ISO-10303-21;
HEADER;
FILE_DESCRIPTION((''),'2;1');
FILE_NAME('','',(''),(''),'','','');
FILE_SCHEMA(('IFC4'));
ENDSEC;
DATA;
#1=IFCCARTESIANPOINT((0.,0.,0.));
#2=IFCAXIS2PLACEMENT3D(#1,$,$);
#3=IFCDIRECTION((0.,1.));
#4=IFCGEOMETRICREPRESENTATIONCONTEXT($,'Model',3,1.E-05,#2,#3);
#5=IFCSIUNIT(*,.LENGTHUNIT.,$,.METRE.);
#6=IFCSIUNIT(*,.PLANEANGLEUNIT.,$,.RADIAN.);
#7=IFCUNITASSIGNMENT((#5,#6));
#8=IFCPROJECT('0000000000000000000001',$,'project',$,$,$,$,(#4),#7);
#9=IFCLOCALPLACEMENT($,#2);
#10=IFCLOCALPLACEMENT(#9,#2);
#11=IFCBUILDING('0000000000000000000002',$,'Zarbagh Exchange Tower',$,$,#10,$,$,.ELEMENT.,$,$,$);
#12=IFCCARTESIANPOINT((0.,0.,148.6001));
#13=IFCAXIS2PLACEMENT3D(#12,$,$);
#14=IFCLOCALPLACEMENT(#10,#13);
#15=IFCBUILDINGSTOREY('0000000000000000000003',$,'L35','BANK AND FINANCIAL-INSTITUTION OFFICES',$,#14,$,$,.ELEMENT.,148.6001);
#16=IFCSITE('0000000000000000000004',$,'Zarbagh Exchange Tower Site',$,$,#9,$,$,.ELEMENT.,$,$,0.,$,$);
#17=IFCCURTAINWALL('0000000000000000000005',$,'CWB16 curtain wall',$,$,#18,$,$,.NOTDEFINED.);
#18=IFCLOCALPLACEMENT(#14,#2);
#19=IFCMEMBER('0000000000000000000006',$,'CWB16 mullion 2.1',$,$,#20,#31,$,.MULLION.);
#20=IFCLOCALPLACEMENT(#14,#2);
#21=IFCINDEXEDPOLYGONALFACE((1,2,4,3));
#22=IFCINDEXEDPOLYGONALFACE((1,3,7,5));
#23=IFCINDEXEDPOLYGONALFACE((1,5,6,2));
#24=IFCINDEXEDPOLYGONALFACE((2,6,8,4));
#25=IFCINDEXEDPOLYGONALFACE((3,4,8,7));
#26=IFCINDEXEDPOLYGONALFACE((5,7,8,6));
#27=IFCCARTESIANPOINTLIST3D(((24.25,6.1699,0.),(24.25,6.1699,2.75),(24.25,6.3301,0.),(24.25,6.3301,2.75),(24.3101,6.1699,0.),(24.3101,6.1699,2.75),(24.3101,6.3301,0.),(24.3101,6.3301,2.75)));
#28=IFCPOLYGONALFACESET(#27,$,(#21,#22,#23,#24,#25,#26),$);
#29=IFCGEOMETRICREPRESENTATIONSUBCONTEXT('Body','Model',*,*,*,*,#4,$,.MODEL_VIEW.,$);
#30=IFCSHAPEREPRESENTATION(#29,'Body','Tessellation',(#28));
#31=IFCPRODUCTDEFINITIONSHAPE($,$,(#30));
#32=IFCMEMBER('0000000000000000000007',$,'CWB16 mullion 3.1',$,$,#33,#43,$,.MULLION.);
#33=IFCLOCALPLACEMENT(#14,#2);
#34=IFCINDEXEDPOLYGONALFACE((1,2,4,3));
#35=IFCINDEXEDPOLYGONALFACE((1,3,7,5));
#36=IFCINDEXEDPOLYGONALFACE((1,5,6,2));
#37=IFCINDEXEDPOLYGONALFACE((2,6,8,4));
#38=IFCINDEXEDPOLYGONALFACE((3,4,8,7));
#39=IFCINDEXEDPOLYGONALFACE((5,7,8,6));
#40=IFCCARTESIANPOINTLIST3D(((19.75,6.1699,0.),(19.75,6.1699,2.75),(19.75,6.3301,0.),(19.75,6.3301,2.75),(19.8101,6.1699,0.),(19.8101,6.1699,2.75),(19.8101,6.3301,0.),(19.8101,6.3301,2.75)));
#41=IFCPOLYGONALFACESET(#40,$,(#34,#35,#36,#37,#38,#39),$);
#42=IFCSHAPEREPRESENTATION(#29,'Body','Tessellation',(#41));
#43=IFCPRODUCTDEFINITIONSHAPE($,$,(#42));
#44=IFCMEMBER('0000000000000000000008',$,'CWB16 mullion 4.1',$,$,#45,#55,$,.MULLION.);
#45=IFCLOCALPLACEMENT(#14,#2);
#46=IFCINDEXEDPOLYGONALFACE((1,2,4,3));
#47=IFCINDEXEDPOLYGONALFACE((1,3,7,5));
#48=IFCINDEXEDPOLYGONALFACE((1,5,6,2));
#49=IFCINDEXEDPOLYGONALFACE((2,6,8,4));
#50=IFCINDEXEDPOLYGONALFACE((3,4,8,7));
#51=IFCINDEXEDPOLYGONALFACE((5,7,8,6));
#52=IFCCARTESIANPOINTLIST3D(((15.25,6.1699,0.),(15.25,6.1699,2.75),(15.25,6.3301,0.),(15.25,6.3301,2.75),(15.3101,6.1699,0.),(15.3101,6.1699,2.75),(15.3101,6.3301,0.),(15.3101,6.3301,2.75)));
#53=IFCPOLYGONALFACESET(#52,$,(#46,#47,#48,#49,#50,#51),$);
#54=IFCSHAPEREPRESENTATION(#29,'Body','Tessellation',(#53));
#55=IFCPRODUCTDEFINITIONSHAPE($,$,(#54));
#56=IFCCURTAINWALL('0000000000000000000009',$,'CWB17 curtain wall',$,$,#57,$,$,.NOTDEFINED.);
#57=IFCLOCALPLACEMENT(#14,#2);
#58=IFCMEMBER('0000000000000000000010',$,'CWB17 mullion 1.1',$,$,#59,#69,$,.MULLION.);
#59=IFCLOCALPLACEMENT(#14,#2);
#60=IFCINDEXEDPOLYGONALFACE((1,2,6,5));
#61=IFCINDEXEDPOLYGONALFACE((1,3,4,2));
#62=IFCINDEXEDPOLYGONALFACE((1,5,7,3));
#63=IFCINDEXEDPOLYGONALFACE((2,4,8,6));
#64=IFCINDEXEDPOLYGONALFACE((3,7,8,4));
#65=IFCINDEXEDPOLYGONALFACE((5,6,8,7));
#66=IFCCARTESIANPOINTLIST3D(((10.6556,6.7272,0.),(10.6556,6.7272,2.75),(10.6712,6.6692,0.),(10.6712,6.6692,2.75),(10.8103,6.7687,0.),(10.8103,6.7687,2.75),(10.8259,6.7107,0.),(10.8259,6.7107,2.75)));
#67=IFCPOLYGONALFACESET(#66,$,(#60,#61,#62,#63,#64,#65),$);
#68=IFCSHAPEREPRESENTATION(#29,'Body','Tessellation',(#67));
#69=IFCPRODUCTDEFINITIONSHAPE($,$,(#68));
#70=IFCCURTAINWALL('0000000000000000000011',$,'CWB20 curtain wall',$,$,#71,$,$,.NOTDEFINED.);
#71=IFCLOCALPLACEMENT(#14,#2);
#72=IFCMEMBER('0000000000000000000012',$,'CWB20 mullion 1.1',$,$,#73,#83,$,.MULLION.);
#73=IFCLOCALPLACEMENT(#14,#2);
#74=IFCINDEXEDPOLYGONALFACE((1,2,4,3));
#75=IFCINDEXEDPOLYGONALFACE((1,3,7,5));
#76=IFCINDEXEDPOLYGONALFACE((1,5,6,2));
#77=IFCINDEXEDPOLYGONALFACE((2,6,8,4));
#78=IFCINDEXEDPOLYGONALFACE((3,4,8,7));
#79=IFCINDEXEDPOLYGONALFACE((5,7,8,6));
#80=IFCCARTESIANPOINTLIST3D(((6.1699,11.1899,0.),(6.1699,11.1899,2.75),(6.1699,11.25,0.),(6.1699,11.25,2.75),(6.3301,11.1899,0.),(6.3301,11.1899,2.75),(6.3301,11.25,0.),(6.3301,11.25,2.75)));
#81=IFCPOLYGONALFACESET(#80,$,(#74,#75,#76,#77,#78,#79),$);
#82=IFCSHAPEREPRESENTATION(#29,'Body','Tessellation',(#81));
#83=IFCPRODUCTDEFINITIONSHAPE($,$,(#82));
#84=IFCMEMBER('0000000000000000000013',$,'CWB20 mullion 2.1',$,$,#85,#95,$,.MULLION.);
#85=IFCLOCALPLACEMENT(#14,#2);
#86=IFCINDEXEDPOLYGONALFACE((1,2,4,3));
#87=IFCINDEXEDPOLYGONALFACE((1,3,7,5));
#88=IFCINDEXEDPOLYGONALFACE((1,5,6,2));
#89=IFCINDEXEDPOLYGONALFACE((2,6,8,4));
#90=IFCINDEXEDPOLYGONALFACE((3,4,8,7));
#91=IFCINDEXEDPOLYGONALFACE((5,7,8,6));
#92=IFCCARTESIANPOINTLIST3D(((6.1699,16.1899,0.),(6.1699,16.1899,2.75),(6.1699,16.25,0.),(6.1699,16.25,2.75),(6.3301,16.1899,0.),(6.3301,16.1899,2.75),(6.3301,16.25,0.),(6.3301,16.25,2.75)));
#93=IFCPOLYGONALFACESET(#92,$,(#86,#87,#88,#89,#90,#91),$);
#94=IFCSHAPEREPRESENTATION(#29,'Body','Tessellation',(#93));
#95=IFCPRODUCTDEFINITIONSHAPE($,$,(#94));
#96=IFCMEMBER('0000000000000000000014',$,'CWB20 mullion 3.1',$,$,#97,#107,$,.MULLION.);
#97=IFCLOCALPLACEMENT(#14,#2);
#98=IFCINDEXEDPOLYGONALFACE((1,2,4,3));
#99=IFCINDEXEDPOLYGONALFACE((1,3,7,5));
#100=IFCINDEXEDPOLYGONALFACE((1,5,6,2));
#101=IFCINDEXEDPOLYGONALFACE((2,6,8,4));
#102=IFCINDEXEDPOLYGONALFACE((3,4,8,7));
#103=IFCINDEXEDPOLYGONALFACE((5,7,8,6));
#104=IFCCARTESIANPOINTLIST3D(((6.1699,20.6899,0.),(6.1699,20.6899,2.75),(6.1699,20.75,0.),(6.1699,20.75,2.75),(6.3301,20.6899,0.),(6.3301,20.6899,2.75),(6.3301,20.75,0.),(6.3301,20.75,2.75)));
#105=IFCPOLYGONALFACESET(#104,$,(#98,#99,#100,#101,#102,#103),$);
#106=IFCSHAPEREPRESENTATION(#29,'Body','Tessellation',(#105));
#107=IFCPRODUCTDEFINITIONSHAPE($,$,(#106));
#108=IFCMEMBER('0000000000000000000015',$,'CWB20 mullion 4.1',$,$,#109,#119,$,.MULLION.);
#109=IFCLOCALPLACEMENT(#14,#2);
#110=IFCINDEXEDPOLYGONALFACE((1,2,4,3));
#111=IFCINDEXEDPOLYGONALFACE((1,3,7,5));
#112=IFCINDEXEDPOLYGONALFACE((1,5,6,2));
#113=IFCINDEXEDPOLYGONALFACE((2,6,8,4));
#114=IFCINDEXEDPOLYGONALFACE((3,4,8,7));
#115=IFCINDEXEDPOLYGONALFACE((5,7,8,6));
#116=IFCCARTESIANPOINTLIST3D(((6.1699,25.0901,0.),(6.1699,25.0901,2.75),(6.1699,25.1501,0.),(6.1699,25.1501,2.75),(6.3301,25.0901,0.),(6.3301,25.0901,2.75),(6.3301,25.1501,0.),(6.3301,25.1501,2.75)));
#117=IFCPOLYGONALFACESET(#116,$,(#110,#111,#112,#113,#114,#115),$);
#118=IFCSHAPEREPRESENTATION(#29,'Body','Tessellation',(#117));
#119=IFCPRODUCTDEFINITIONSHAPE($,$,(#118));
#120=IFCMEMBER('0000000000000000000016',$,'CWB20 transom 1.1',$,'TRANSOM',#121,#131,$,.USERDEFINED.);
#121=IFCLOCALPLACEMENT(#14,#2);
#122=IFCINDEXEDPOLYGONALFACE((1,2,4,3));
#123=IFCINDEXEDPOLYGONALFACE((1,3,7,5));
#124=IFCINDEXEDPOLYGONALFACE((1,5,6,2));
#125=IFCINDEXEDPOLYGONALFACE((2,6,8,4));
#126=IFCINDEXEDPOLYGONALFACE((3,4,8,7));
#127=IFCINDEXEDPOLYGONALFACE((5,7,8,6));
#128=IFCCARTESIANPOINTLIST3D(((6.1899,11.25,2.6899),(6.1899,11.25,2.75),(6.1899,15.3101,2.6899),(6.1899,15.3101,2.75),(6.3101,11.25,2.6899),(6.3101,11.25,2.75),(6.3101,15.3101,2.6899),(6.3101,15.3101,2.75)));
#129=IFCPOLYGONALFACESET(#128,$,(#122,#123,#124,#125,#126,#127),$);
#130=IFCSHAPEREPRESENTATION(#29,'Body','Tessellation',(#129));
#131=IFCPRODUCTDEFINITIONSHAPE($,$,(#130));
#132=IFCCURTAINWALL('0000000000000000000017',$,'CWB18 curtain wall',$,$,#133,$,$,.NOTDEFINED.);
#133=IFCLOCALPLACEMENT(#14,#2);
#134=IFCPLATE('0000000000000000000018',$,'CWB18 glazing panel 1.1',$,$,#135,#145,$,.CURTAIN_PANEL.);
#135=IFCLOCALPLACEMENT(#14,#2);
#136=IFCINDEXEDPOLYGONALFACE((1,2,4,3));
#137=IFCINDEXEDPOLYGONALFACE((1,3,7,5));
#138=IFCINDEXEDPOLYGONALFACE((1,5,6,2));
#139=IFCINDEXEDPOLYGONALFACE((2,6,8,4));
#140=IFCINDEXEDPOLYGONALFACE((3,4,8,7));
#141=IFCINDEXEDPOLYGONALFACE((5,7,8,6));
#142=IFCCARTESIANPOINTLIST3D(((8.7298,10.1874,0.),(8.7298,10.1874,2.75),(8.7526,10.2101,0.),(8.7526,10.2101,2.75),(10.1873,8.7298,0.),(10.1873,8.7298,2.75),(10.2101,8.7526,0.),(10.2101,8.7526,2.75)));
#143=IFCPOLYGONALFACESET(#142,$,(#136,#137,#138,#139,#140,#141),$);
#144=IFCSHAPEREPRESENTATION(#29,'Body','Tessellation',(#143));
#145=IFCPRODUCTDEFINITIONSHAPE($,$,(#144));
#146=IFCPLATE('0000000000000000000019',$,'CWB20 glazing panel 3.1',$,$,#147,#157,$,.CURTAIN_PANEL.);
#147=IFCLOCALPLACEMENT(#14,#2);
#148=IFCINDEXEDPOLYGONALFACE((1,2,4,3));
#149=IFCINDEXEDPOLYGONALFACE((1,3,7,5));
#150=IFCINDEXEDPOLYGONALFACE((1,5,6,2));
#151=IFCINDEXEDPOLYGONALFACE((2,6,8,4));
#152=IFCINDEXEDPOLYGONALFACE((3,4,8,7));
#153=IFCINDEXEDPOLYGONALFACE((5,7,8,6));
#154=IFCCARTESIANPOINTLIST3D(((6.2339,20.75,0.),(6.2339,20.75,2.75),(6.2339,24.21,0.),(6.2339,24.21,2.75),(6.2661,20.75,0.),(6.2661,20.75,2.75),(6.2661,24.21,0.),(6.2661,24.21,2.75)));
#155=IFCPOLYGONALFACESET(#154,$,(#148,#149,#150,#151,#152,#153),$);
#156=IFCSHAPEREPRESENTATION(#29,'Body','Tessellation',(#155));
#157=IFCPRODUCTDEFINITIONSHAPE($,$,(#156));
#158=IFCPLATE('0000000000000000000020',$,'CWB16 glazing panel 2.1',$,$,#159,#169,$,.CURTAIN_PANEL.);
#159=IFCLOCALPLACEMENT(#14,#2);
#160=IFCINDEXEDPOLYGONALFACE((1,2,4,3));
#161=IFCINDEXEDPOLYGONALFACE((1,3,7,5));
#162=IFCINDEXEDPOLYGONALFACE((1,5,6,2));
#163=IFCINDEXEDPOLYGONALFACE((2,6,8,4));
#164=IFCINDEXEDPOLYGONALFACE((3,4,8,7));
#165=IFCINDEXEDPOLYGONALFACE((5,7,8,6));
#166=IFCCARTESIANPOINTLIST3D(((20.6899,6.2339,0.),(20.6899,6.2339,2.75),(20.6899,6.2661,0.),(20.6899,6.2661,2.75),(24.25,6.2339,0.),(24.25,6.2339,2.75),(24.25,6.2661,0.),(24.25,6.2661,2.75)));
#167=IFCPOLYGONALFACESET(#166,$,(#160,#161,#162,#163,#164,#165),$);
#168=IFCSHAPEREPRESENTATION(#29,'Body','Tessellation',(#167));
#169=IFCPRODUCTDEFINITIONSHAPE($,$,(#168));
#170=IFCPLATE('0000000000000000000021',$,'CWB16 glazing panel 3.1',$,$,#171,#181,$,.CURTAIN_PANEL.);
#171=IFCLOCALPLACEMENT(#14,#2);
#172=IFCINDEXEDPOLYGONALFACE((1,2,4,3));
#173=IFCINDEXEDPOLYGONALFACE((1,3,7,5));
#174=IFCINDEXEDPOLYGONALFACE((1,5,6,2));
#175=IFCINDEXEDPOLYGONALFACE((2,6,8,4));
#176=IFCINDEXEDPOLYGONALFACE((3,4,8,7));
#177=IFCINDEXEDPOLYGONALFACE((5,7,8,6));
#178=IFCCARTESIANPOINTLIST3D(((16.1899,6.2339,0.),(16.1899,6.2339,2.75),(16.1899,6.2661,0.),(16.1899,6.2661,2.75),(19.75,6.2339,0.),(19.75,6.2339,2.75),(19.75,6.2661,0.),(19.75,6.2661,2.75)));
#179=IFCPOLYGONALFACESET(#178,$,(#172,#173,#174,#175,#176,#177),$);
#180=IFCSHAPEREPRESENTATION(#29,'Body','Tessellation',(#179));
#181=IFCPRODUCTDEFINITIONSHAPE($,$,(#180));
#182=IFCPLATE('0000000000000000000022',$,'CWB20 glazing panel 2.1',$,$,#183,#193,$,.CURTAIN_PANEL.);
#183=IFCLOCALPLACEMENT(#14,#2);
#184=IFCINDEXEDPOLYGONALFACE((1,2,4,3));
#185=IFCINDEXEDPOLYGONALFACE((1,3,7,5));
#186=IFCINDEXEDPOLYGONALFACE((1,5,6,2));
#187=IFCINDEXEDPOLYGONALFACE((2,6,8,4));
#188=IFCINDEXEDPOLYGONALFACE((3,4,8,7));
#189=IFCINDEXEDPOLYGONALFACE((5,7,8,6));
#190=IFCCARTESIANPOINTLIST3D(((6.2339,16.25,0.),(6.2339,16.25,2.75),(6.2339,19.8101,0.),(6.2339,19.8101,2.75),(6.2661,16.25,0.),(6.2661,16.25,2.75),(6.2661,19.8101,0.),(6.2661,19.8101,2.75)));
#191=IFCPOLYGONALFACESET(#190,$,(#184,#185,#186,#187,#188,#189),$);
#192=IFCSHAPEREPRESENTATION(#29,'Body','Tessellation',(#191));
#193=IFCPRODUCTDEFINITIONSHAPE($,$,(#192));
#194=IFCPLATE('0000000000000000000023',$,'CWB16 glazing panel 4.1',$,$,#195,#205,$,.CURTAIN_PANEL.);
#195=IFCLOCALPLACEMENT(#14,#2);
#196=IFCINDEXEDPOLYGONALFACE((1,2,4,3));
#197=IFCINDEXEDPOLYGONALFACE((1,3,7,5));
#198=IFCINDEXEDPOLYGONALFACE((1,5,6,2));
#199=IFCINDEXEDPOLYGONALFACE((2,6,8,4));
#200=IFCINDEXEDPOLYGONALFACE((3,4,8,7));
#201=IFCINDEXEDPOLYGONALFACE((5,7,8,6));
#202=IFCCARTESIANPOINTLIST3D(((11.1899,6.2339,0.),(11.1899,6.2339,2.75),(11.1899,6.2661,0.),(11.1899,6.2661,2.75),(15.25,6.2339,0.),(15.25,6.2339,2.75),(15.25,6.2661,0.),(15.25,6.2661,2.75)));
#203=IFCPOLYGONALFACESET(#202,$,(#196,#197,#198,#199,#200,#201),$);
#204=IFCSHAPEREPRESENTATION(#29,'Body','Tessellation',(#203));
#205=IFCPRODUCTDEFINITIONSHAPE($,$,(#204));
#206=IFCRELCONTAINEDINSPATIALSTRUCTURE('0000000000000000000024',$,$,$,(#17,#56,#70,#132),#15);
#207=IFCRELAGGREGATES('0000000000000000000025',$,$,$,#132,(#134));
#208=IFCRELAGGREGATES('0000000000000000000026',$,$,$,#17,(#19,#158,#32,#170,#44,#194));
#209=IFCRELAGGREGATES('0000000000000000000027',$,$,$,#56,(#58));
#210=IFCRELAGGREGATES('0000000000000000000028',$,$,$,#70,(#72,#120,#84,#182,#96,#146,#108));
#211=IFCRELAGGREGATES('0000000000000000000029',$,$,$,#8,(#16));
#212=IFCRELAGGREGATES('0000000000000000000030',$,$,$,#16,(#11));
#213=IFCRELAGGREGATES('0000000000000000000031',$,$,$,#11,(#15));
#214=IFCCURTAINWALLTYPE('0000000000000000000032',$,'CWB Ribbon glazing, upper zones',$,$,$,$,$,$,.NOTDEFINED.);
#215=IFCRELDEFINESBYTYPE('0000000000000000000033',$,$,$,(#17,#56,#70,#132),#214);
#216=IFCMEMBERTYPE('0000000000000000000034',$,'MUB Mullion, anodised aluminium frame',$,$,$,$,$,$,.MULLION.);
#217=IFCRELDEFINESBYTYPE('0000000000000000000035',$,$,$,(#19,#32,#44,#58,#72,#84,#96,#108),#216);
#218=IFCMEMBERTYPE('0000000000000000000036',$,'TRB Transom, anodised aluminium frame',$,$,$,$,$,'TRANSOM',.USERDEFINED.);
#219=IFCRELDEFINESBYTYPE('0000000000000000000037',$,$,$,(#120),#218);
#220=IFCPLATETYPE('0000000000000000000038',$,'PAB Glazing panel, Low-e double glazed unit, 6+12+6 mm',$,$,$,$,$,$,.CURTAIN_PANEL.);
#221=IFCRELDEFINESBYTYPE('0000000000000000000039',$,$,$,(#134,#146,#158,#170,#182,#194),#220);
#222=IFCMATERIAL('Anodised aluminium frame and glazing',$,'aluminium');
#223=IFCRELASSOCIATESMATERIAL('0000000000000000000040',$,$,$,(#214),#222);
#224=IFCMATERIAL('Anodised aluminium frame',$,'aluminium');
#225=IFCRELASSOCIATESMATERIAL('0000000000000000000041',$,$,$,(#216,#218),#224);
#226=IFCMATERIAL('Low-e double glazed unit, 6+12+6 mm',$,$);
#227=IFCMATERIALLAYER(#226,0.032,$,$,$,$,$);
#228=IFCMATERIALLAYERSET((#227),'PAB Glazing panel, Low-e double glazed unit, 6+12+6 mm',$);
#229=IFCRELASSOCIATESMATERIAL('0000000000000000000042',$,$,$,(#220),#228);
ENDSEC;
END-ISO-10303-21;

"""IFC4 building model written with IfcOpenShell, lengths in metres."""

from ifc_helpers import new_model, si_unit, direction, frame, origin, place, context, subcontext, project, spatial, polyline, outline, extrude, source, transform, mapped, material, layer, layer_set, type_object, element, aggregate, save


model = new_model("IFC4")

# Units and contexts
model_context = context("Model", 3, precision=1e-05, world=origin(), true_north=direction((0.0, 1.0)))
body_context = subcontext(model_context, "Body", "Model", "MODEL_VIEW")
ifc_project = project(units=[si_unit("LENGTHUNIT", "METRE"), si_unit("PLANEANGLEUNIT", "RADIAN")], contexts=[model_context])

# Site, building, storey
site_placement = place(None, origin())
site = spatial("IfcSite", under=ifc_project, at=site_placement, Name="Zarbagh Exchange Tower Site", CompositionType="ELEMENT", RefElevation=0.0)
building_placement = place(site_placement, origin())
building = spatial("IfcBuilding", under=site, at=building_placement, Name="Zarbagh Exchange Tower", CompositionType="ELEMENT")
storey_placement = place(building_placement, frame((0.0, 0.0, 148.6001)))
storey = spatial("IfcBuildingStorey", under=building, at=storey_placement, Name="L35", Description="BANK AND FINANCIAL-INSTITUTION OFFICES", CompositionType="ELEMENT", Elevation=148.6001)

# Curtain wall, members
ifc_material_1 = material(Name="Anodised aluminium frame and glazing", Category="aluminium")
curtain_wall_type = type_object("IfcCurtainWallType", Name="CWB Ribbon glazing, upper zones", PredefinedType="NOTDEFINED", material=ifc_material_1)
curtain_wall_1_placement = place(storey_placement, origin())
curtain_wall_1 = element("IfcCurtainWall", 1, at=curtain_wall_1_placement, inside=storey, type_object=curtain_wall_type, Name="CWB16 curtain wall", PredefinedType="NOTDEFINED")
ifc_material_2 = material(Name="Anodised aluminium frame", Category="aluminium")
member_type_1 = type_object("IfcMemberType", Name="MUB Mullion, anodised aluminium frame", PredefinedType="MULLION", material=ifc_material_2)
shared_shape_1 = source(origin(), body_context, "Body", "SweptSolid", [
    extrude(outline(polyline([(0.0, -0.0801), (0.0601, -0.0801), (0.0601, 0.0801), (0.0, 0.0801), (0.0, -0.0801)])), origin(), (0.0, 0.0, 1.0), 2.75),
])
placement = place(storey_placement, origin())
member_1 = element("IfcMember", 2, at=placement, type_object=member_type_1, Name="CWB16 mullion 2.1", PredefinedType="MULLION", context=body_context, shape_type="MappedRepresentation", body=[
    mapped(shared_shape_1, transform((24.3101, 6.25, 0.0), x_axis=(-1.0, 0.0, 0.0), y_axis=(0.0, -1.0, 0.0), z_axis=(0.0, 0.0, 1.0))),
])
member_2 = element("IfcMember", 3, at=placement, type_object=member_type_1, Name="CWB16 mullion 3.1", PredefinedType="MULLION", context=body_context, shape_type="MappedRepresentation", body=[
    mapped(shared_shape_1, transform((19.8101, 6.25, 0.0), x_axis=(-1.0, 0.0, 0.0), y_axis=(0.0, -1.0, 0.0), z_axis=(0.0, 0.0, 1.0))),
])
member_3 = element("IfcMember", 4, at=placement, type_object=member_type_1, Name="CWB16 mullion 4.1", PredefinedType="MULLION", context=body_context, shape_type="MappedRepresentation", body=[
    mapped(shared_shape_1, transform((15.3101, 6.25, 0.0), x_axis=(-1.0, 0.0, 0.0), y_axis=(0.0, -1.0, 0.0), z_axis=(0.0, 0.0, 1.0))),
])

# Curtain wall, member
curtain_wall_2_placement = place(storey_placement, origin())
curtain_wall_2 = element("IfcCurtainWall", 5, at=curtain_wall_2_placement, inside=storey, type_object=curtain_wall_type, Name="CWB17 curtain wall", PredefinedType="NOTDEFINED")
member_4 = element("IfcMember", 6, at=placement, type_object=member_type_1, Name="CWB17 mullion 1.1", PredefinedType="MULLION", context=body_context, shape_type="MappedRepresentation", body=[
    mapped(shared_shape_1, transform((10.7485, 6.6899, 0.0), x_axis=(-0.258825, 0.965924, 0.0), y_axis=(-0.965924, -0.258825, 0.0), z_axis=(0.0, 0.0, 1.0))),
])

# Curtain wall, members
curtain_wall_3_placement = place(storey_placement, origin())
curtain_wall_3 = element("IfcCurtainWall", 7, at=curtain_wall_3_placement, inside=storey, type_object=curtain_wall_type, Name="CWB20 curtain wall", PredefinedType="NOTDEFINED")
member_5 = element("IfcMember", 8, at=placement, type_object=member_type_1, Name="CWB20 mullion 1.1", PredefinedType="MULLION", context=body_context, shape_type="MappedRepresentation", body=[
    mapped(shared_shape_1, transform((6.25, 11.1899, 0.0), x_axis=(0.0, 1.0, 0.0), y_axis=(-1.0, 0.0, 0.0), z_axis=(0.0, 0.0, 1.0))),
])
member_6 = element("IfcMember", 9, at=placement, type_object=member_type_1, Name="CWB20 mullion 2.1", PredefinedType="MULLION", context=body_context, shape_type="MappedRepresentation", body=[
    mapped(shared_shape_1, transform((6.25, 16.1899, 0.0), x_axis=(0.0, 1.0, 0.0), y_axis=(-1.0, 0.0, 0.0), z_axis=(0.0, 0.0, 1.0))),
])
member_7 = element("IfcMember", 10, at=placement, type_object=member_type_1, Name="CWB20 mullion 3.1", PredefinedType="MULLION", context=body_context, shape_type="MappedRepresentation", body=[
    mapped(shared_shape_1, transform((6.25, 20.6899, 0.0), x_axis=(0.0, 1.0, 0.0), y_axis=(-1.0, 0.0, 0.0), z_axis=(0.0, 0.0, 1.0))),
])
member_8 = element("IfcMember", 11, at=placement, type_object=member_type_1, Name="CWB20 mullion 4.1", PredefinedType="MULLION", context=body_context, shape_type="MappedRepresentation", body=[
    mapped(shared_shape_1, transform((6.25, 25.0901, 0.0), x_axis=(0.0, 1.0, 0.0), y_axis=(-1.0, 0.0, 0.0), z_axis=(0.0, 0.0, 1.0))),
])
member_type_2 = type_object("IfcMemberType", Name="TRB Transom, anodised aluminium frame", ElementType="TRANSOM", PredefinedType="USERDEFINED", material=ifc_material_2)
shared_shape_2 = source(origin(), body_context, "Body", "SweptSolid", [
    extrude(outline(polyline([(-0.0601, -0.0601), (0.0, -0.0601), (0.0, 0.0601), (-0.0601, 0.0601), (-0.0601, -0.0601)])), origin(), (0.0, 0.0, 1.0), 4.0601),
])
member_9 = element("IfcMember", 12, at=placement, type_object=member_type_2, Name="CWB20 transom 1.1", ObjectType="TRANSOM", PredefinedType="USERDEFINED", context=body_context, shape_type="MappedRepresentation", body=[
    mapped(shared_shape_2, transform((6.25, 11.25, 2.75), x_axis=(0.0, 0.0, 1.0), y_axis=(1.0, 0.0, 0.0), z_axis=(0.0, 1.0, 0.0))),
])

# Curtain wall, plate
curtain_wall_4_placement = place(storey_placement, origin())
curtain_wall_4 = element("IfcCurtainWall", 13, at=curtain_wall_4_placement, inside=storey, type_object=curtain_wall_type, Name="CWB18 curtain wall", PredefinedType="NOTDEFINED")
ifc_material_3 = material(Name="Low-e double glazed unit, 6+12+6 mm")
ifc_layer_1 = layer(ifc_material_3, 0.032)
ifc_layer_set_1 = layer_set([ifc_layer_1], Name="PAB Glazing panel, Low-e double glazed unit, 6+12+6 mm")
plate_type = type_object("IfcPlateType", Name="PAB Glazing panel, Low-e double glazed unit, 6+12+6 mm", PredefinedType="CURTAIN_PANEL", material=ifc_layer_set_1)
shared_shape_3 = source(origin(), body_context, "Body", "SweptSolid", [
    extrude(outline(polyline([(0.0, -0.0161), (2.0613, -0.0161), (2.0613, 0.0161), (0.0, 0.0161), (0.0, -0.0161)])), origin(), (0.0, 0.0, 1.0), 2.75),
])
plate_1 = element("IfcPlate", 14, at=placement, type_object=plate_type, Name="CWB18 glazing panel 1.1", PredefinedType="CURTAIN_PANEL", context=body_context, shape_type="MappedRepresentation", body=[
    mapped(shared_shape_3, transform((10.1987, 8.7412, 0.0), x_axis=(-0.707107, 0.707107, 0.0), y_axis=(-0.707107, -0.707107, 0.0), z_axis=(0.0, 0.0, 1.0))),
])
aggregate(curtain_wall_4, [plate_1])

# Plates
shared_shape_4 = source(origin(), body_context, "Body", "SweptSolid", [
    extrude(outline(polyline([(0.0, -0.0161), (3.46, -0.0161), (3.46, 0.0161), (0.0, 0.0161), (0.0, -0.0161)])), origin(), (0.0, 0.0, 1.0), 2.75),
])
plate_2 = element("IfcPlate", 15, at=placement, type_object=plate_type, Name="CWB20 glazing panel 3.1", PredefinedType="CURTAIN_PANEL", context=body_context, shape_type="MappedRepresentation", body=[
    mapped(shared_shape_4, transform((6.25, 20.75, 0.0), x_axis=(0.0, 1.0, 0.0), y_axis=(-1.0, 0.0, 0.0), z_axis=(0.0, 0.0, 1.0))),
])
shared_shape_5 = source(origin(), body_context, "Body", "SweptSolid", [
    extrude(outline(polyline([(0.0, -0.0161), (3.5601, -0.0161), (3.5601, 0.0161), (0.0, 0.0161), (0.0, -0.0161)])), origin(), (0.0, 0.0, 1.0), 2.75),
])
plate_3 = element("IfcPlate", 16, at=placement, type_object=plate_type, Name="CWB16 glazing panel 2.1", PredefinedType="CURTAIN_PANEL", context=body_context, shape_type="MappedRepresentation", body=[
    mapped(shared_shape_5, transform((24.25, 6.25, 0.0), x_axis=(-1.0, 0.0, 0.0), y_axis=(0.0, -1.0, 0.0), z_axis=(0.0, 0.0, 1.0))),
])
plate_4 = element("IfcPlate", 17, at=placement, type_object=plate_type, Name="CWB16 glazing panel 3.1", PredefinedType="CURTAIN_PANEL", context=body_context, shape_type="MappedRepresentation", body=[
    mapped(shared_shape_5, transform((19.75, 6.25, 0.0), x_axis=(-1.0, 0.0, 0.0), y_axis=(0.0, -1.0, 0.0), z_axis=(0.0, 0.0, 1.0))),
])
plate_5 = element("IfcPlate", 18, at=placement, type_object=plate_type, Name="CWB20 glazing panel 2.1", PredefinedType="CURTAIN_PANEL", context=body_context, shape_type="MappedRepresentation", body=[
    mapped(shared_shape_5, transform((6.25, 16.25, 0.0), x_axis=(0.0, 1.0, 0.0), y_axis=(-1.0, 0.0, 0.0), z_axis=(0.0, 0.0, 1.0))),
])
shared_shape_6 = source(origin(), body_context, "Body", "SweptSolid", [
    extrude(outline(polyline([(0.0, -0.0161), (4.0601, -0.0161), (4.0601, 0.0161), (0.0, 0.0161), (0.0, -0.0161)])), origin(), (0.0, 0.0, 1.0), 2.75),
])
plate_6 = element("IfcPlate", 19, at=placement, type_object=plate_type, Name="CWB16 glazing panel 4.1", PredefinedType="CURTAIN_PANEL", context=body_context, shape_type="MappedRepresentation", body=[
    mapped(shared_shape_6, transform((15.25, 6.25, 0.0), x_axis=(-1.0, 0.0, 0.0), y_axis=(0.0, -1.0, 0.0), z_axis=(0.0, 0.0, 1.0))),
])
aggregate(curtain_wall_1, [member_1, plate_3, member_2, plate_4, member_3, plate_6])
aggregate(curtain_wall_2, [member_4])

aggregate(curtain_wall_3, [member_5, member_9, member_6, plate_5, member_7, plate_2, member_8])

save(model, "model.ifc")
